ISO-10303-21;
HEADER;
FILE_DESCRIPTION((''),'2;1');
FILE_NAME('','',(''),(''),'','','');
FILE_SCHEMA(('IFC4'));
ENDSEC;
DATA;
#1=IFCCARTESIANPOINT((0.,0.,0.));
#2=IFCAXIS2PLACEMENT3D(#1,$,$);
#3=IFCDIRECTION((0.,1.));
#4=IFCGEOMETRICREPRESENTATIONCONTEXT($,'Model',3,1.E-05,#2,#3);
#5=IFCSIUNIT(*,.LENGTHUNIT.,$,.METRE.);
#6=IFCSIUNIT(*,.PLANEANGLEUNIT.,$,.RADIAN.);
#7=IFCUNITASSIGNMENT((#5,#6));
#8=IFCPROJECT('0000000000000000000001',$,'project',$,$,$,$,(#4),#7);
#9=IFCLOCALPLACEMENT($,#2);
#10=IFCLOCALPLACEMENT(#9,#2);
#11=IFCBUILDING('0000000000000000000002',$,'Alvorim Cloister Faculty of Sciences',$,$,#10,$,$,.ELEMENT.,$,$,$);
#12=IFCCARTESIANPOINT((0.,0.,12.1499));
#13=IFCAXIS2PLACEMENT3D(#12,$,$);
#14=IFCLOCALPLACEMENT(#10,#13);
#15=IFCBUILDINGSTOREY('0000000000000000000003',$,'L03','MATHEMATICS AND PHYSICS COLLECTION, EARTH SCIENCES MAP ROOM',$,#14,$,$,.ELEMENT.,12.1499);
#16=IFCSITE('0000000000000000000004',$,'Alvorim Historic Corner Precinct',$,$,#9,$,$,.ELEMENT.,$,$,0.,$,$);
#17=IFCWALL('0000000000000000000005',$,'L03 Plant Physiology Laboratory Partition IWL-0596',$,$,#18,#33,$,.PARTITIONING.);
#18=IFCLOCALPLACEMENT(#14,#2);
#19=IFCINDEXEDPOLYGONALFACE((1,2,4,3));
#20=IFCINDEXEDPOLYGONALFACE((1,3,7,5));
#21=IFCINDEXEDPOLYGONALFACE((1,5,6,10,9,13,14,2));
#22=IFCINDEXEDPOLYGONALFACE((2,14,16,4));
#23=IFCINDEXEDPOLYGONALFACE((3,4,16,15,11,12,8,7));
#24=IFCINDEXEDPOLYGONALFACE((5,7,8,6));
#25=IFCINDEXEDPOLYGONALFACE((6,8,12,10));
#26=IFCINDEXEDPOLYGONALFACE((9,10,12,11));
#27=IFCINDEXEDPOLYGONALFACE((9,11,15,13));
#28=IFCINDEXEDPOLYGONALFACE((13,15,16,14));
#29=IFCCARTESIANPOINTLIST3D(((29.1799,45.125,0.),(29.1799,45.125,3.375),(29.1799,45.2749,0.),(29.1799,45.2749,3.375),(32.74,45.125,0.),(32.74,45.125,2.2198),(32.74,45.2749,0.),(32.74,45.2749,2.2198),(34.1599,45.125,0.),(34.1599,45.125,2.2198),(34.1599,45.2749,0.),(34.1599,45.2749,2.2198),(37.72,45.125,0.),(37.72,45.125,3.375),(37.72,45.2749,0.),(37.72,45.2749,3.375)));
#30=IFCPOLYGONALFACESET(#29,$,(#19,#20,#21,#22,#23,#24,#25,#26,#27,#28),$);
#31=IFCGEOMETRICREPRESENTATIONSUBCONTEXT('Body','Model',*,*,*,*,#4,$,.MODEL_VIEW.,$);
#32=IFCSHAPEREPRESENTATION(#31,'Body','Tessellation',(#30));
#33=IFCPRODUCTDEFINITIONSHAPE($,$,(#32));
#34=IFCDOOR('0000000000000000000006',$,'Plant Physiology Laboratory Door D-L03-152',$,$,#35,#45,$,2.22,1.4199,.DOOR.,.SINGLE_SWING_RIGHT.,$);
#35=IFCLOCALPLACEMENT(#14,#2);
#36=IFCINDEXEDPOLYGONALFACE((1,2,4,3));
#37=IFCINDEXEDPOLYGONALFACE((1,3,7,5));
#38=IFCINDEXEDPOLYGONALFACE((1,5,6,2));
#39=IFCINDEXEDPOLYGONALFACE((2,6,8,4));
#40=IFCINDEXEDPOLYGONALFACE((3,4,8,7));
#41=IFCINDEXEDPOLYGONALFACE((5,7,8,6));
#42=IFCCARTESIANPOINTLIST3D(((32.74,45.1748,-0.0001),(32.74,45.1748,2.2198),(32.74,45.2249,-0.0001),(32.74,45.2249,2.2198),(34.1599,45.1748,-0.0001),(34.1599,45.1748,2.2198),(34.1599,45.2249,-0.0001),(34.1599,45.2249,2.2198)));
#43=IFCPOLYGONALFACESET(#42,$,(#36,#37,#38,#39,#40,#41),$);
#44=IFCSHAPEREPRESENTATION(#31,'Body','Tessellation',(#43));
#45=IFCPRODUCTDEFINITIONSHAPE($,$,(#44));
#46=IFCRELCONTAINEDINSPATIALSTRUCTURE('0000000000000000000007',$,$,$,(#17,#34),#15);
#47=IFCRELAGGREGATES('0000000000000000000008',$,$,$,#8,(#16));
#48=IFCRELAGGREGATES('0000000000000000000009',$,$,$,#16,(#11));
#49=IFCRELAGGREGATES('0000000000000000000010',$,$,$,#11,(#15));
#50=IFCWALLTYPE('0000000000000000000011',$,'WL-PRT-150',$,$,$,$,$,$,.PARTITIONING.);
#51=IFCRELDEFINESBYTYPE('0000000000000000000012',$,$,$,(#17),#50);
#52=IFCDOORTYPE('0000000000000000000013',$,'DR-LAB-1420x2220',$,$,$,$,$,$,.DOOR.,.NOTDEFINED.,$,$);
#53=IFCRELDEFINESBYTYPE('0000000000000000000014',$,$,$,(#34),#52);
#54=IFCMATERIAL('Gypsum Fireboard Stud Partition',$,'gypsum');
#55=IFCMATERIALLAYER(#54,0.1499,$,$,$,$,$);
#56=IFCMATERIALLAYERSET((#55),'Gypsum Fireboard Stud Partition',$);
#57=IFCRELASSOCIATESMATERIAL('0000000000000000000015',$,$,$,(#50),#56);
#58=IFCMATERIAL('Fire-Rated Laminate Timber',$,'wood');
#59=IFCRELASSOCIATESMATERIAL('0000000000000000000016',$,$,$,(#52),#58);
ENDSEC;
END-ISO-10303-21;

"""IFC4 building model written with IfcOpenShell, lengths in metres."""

from ifc_helpers import new_model, si_unit, direction, frame, frame_2d, origin, place, context, subcontext, project, spatial, rectangle, extrude, material, layer, layer_set, type_object, element, fill, save


model = new_model("IFC4")

# Units and contexts
model_context = context("Model", 3, precision=1e-05, world=origin(), true_north=direction((0.0, 1.0)))
body_context = subcontext(model_context, "Body", "Model", "MODEL_VIEW")
ifc_project = project(units=[si_unit("LENGTHUNIT", "METRE"), si_unit("PLANEANGLEUNIT", "RADIAN")], contexts=[model_context])

# Site, building, storey
site_placement = place(None, origin())
site = spatial("IfcSite", under=ifc_project, at=site_placement, Name="Alvorim Historic Corner Precinct", CompositionType="ELEMENT", RefElevation=0.0)
building_placement = place(site_placement, origin())
building = spatial("IfcBuilding", under=site, at=building_placement, Name="Alvorim Cloister Faculty of Sciences", CompositionType="ELEMENT")
storey_placement = place(building_placement, frame((0.0, 0.0, 12.1499)))
storey = spatial("IfcBuildingStorey", under=building, at=storey_placement, Name="L03", Description="MATHEMATICS AND PHYSICS COLLECTION, EARTH SCIENCES MAP ROOM", CompositionType="ELEMENT", Elevation=12.1499)

# Shared definitions
ifc_material_1 = material(Name="Gypsum Fireboard Stud Partition", Category="gypsum")
ifc_layer_1 = layer(ifc_material_1, 0.1499)
ifc_layer_set_1 = layer_set([ifc_layer_1], Name="Gypsum Fireboard Stud Partition")
wall_type = type_object("IfcWallType", Name="WL-PRT-150", PredefinedType="PARTITIONING", material=ifc_layer_set_1)

# Wall, opening, door
wall_1_placement = place(storey_placement, frame((29.1799, 45.2, 0.0), z_axis=(0.0, 0.0, 1.0), x_axis=(1.0, 0.0, 0.0)))
wall_1 = element("IfcWall", 1, at=wall_1_placement, inside=storey, type_object=wall_type, Name="L03 Plant Physiology Laboratory Partition IWL-0596", PredefinedType="PARTITIONING", context=body_context, shape_type="SweptSolid", body=[
    extrude(rectangle(XDim=8.54, YDim=0.1499, at=frame_2d((4.27, 0.0))), origin(), (0.0, 0.0, 1.0), 3.375),
])
opening_placement = place(wall_1_placement, frame((3.5601, 0.0, 0.0)))
opening = element("IfcOpeningElement", 2, at=opening_placement, cuts=wall_1, PredefinedType="OPENING", context=body_context, shape_type="SweptSolid", body=[
    extrude(rectangle(XDim=1.4199, YDim=2.22, at=frame_2d((0.71, 1.1099))), frame((0.0, 0.0869, 0.0), z_axis=(0.0, -1.0, 0.0), x_axis=(1.0, 0.0, 0.0)), (0.0, 0.0, 1.0), 0.1738),
])
ifc_material_2 = material(Name="Fire-Rated Laminate Timber", Category="wood")
door_type = type_object("IfcDoorType", Name="DR-LAB-1420x2220", OperationType="NOTDEFINED", PredefinedType="DOOR", material=ifc_material_2)
door_placement = place(opening_placement, origin())
door = element("IfcDoor", 3, at=door_placement, inside=storey, type_object=door_type, Name="Plant Physiology Laboratory Door D-L03-152", OperationType="SINGLE_SWING_RIGHT", OverallHeight=2.22, OverallWidth=1.4199, PredefinedType="DOOR", context=body_context, shape_type="SweptSolid", body=[
    extrude(rectangle(XDim=1.4199, YDim=2.22, at=frame_2d((0.71, 1.1099))), frame((0.0, 0.0249, 0.0), z_axis=(0.0, -1.0, 0.0), x_axis=(1.0, 0.0, 0.0)), (0.0, 0.0, 1.0), 0.05),
])
fill(opening, door)

save(model, "model.ifc")
